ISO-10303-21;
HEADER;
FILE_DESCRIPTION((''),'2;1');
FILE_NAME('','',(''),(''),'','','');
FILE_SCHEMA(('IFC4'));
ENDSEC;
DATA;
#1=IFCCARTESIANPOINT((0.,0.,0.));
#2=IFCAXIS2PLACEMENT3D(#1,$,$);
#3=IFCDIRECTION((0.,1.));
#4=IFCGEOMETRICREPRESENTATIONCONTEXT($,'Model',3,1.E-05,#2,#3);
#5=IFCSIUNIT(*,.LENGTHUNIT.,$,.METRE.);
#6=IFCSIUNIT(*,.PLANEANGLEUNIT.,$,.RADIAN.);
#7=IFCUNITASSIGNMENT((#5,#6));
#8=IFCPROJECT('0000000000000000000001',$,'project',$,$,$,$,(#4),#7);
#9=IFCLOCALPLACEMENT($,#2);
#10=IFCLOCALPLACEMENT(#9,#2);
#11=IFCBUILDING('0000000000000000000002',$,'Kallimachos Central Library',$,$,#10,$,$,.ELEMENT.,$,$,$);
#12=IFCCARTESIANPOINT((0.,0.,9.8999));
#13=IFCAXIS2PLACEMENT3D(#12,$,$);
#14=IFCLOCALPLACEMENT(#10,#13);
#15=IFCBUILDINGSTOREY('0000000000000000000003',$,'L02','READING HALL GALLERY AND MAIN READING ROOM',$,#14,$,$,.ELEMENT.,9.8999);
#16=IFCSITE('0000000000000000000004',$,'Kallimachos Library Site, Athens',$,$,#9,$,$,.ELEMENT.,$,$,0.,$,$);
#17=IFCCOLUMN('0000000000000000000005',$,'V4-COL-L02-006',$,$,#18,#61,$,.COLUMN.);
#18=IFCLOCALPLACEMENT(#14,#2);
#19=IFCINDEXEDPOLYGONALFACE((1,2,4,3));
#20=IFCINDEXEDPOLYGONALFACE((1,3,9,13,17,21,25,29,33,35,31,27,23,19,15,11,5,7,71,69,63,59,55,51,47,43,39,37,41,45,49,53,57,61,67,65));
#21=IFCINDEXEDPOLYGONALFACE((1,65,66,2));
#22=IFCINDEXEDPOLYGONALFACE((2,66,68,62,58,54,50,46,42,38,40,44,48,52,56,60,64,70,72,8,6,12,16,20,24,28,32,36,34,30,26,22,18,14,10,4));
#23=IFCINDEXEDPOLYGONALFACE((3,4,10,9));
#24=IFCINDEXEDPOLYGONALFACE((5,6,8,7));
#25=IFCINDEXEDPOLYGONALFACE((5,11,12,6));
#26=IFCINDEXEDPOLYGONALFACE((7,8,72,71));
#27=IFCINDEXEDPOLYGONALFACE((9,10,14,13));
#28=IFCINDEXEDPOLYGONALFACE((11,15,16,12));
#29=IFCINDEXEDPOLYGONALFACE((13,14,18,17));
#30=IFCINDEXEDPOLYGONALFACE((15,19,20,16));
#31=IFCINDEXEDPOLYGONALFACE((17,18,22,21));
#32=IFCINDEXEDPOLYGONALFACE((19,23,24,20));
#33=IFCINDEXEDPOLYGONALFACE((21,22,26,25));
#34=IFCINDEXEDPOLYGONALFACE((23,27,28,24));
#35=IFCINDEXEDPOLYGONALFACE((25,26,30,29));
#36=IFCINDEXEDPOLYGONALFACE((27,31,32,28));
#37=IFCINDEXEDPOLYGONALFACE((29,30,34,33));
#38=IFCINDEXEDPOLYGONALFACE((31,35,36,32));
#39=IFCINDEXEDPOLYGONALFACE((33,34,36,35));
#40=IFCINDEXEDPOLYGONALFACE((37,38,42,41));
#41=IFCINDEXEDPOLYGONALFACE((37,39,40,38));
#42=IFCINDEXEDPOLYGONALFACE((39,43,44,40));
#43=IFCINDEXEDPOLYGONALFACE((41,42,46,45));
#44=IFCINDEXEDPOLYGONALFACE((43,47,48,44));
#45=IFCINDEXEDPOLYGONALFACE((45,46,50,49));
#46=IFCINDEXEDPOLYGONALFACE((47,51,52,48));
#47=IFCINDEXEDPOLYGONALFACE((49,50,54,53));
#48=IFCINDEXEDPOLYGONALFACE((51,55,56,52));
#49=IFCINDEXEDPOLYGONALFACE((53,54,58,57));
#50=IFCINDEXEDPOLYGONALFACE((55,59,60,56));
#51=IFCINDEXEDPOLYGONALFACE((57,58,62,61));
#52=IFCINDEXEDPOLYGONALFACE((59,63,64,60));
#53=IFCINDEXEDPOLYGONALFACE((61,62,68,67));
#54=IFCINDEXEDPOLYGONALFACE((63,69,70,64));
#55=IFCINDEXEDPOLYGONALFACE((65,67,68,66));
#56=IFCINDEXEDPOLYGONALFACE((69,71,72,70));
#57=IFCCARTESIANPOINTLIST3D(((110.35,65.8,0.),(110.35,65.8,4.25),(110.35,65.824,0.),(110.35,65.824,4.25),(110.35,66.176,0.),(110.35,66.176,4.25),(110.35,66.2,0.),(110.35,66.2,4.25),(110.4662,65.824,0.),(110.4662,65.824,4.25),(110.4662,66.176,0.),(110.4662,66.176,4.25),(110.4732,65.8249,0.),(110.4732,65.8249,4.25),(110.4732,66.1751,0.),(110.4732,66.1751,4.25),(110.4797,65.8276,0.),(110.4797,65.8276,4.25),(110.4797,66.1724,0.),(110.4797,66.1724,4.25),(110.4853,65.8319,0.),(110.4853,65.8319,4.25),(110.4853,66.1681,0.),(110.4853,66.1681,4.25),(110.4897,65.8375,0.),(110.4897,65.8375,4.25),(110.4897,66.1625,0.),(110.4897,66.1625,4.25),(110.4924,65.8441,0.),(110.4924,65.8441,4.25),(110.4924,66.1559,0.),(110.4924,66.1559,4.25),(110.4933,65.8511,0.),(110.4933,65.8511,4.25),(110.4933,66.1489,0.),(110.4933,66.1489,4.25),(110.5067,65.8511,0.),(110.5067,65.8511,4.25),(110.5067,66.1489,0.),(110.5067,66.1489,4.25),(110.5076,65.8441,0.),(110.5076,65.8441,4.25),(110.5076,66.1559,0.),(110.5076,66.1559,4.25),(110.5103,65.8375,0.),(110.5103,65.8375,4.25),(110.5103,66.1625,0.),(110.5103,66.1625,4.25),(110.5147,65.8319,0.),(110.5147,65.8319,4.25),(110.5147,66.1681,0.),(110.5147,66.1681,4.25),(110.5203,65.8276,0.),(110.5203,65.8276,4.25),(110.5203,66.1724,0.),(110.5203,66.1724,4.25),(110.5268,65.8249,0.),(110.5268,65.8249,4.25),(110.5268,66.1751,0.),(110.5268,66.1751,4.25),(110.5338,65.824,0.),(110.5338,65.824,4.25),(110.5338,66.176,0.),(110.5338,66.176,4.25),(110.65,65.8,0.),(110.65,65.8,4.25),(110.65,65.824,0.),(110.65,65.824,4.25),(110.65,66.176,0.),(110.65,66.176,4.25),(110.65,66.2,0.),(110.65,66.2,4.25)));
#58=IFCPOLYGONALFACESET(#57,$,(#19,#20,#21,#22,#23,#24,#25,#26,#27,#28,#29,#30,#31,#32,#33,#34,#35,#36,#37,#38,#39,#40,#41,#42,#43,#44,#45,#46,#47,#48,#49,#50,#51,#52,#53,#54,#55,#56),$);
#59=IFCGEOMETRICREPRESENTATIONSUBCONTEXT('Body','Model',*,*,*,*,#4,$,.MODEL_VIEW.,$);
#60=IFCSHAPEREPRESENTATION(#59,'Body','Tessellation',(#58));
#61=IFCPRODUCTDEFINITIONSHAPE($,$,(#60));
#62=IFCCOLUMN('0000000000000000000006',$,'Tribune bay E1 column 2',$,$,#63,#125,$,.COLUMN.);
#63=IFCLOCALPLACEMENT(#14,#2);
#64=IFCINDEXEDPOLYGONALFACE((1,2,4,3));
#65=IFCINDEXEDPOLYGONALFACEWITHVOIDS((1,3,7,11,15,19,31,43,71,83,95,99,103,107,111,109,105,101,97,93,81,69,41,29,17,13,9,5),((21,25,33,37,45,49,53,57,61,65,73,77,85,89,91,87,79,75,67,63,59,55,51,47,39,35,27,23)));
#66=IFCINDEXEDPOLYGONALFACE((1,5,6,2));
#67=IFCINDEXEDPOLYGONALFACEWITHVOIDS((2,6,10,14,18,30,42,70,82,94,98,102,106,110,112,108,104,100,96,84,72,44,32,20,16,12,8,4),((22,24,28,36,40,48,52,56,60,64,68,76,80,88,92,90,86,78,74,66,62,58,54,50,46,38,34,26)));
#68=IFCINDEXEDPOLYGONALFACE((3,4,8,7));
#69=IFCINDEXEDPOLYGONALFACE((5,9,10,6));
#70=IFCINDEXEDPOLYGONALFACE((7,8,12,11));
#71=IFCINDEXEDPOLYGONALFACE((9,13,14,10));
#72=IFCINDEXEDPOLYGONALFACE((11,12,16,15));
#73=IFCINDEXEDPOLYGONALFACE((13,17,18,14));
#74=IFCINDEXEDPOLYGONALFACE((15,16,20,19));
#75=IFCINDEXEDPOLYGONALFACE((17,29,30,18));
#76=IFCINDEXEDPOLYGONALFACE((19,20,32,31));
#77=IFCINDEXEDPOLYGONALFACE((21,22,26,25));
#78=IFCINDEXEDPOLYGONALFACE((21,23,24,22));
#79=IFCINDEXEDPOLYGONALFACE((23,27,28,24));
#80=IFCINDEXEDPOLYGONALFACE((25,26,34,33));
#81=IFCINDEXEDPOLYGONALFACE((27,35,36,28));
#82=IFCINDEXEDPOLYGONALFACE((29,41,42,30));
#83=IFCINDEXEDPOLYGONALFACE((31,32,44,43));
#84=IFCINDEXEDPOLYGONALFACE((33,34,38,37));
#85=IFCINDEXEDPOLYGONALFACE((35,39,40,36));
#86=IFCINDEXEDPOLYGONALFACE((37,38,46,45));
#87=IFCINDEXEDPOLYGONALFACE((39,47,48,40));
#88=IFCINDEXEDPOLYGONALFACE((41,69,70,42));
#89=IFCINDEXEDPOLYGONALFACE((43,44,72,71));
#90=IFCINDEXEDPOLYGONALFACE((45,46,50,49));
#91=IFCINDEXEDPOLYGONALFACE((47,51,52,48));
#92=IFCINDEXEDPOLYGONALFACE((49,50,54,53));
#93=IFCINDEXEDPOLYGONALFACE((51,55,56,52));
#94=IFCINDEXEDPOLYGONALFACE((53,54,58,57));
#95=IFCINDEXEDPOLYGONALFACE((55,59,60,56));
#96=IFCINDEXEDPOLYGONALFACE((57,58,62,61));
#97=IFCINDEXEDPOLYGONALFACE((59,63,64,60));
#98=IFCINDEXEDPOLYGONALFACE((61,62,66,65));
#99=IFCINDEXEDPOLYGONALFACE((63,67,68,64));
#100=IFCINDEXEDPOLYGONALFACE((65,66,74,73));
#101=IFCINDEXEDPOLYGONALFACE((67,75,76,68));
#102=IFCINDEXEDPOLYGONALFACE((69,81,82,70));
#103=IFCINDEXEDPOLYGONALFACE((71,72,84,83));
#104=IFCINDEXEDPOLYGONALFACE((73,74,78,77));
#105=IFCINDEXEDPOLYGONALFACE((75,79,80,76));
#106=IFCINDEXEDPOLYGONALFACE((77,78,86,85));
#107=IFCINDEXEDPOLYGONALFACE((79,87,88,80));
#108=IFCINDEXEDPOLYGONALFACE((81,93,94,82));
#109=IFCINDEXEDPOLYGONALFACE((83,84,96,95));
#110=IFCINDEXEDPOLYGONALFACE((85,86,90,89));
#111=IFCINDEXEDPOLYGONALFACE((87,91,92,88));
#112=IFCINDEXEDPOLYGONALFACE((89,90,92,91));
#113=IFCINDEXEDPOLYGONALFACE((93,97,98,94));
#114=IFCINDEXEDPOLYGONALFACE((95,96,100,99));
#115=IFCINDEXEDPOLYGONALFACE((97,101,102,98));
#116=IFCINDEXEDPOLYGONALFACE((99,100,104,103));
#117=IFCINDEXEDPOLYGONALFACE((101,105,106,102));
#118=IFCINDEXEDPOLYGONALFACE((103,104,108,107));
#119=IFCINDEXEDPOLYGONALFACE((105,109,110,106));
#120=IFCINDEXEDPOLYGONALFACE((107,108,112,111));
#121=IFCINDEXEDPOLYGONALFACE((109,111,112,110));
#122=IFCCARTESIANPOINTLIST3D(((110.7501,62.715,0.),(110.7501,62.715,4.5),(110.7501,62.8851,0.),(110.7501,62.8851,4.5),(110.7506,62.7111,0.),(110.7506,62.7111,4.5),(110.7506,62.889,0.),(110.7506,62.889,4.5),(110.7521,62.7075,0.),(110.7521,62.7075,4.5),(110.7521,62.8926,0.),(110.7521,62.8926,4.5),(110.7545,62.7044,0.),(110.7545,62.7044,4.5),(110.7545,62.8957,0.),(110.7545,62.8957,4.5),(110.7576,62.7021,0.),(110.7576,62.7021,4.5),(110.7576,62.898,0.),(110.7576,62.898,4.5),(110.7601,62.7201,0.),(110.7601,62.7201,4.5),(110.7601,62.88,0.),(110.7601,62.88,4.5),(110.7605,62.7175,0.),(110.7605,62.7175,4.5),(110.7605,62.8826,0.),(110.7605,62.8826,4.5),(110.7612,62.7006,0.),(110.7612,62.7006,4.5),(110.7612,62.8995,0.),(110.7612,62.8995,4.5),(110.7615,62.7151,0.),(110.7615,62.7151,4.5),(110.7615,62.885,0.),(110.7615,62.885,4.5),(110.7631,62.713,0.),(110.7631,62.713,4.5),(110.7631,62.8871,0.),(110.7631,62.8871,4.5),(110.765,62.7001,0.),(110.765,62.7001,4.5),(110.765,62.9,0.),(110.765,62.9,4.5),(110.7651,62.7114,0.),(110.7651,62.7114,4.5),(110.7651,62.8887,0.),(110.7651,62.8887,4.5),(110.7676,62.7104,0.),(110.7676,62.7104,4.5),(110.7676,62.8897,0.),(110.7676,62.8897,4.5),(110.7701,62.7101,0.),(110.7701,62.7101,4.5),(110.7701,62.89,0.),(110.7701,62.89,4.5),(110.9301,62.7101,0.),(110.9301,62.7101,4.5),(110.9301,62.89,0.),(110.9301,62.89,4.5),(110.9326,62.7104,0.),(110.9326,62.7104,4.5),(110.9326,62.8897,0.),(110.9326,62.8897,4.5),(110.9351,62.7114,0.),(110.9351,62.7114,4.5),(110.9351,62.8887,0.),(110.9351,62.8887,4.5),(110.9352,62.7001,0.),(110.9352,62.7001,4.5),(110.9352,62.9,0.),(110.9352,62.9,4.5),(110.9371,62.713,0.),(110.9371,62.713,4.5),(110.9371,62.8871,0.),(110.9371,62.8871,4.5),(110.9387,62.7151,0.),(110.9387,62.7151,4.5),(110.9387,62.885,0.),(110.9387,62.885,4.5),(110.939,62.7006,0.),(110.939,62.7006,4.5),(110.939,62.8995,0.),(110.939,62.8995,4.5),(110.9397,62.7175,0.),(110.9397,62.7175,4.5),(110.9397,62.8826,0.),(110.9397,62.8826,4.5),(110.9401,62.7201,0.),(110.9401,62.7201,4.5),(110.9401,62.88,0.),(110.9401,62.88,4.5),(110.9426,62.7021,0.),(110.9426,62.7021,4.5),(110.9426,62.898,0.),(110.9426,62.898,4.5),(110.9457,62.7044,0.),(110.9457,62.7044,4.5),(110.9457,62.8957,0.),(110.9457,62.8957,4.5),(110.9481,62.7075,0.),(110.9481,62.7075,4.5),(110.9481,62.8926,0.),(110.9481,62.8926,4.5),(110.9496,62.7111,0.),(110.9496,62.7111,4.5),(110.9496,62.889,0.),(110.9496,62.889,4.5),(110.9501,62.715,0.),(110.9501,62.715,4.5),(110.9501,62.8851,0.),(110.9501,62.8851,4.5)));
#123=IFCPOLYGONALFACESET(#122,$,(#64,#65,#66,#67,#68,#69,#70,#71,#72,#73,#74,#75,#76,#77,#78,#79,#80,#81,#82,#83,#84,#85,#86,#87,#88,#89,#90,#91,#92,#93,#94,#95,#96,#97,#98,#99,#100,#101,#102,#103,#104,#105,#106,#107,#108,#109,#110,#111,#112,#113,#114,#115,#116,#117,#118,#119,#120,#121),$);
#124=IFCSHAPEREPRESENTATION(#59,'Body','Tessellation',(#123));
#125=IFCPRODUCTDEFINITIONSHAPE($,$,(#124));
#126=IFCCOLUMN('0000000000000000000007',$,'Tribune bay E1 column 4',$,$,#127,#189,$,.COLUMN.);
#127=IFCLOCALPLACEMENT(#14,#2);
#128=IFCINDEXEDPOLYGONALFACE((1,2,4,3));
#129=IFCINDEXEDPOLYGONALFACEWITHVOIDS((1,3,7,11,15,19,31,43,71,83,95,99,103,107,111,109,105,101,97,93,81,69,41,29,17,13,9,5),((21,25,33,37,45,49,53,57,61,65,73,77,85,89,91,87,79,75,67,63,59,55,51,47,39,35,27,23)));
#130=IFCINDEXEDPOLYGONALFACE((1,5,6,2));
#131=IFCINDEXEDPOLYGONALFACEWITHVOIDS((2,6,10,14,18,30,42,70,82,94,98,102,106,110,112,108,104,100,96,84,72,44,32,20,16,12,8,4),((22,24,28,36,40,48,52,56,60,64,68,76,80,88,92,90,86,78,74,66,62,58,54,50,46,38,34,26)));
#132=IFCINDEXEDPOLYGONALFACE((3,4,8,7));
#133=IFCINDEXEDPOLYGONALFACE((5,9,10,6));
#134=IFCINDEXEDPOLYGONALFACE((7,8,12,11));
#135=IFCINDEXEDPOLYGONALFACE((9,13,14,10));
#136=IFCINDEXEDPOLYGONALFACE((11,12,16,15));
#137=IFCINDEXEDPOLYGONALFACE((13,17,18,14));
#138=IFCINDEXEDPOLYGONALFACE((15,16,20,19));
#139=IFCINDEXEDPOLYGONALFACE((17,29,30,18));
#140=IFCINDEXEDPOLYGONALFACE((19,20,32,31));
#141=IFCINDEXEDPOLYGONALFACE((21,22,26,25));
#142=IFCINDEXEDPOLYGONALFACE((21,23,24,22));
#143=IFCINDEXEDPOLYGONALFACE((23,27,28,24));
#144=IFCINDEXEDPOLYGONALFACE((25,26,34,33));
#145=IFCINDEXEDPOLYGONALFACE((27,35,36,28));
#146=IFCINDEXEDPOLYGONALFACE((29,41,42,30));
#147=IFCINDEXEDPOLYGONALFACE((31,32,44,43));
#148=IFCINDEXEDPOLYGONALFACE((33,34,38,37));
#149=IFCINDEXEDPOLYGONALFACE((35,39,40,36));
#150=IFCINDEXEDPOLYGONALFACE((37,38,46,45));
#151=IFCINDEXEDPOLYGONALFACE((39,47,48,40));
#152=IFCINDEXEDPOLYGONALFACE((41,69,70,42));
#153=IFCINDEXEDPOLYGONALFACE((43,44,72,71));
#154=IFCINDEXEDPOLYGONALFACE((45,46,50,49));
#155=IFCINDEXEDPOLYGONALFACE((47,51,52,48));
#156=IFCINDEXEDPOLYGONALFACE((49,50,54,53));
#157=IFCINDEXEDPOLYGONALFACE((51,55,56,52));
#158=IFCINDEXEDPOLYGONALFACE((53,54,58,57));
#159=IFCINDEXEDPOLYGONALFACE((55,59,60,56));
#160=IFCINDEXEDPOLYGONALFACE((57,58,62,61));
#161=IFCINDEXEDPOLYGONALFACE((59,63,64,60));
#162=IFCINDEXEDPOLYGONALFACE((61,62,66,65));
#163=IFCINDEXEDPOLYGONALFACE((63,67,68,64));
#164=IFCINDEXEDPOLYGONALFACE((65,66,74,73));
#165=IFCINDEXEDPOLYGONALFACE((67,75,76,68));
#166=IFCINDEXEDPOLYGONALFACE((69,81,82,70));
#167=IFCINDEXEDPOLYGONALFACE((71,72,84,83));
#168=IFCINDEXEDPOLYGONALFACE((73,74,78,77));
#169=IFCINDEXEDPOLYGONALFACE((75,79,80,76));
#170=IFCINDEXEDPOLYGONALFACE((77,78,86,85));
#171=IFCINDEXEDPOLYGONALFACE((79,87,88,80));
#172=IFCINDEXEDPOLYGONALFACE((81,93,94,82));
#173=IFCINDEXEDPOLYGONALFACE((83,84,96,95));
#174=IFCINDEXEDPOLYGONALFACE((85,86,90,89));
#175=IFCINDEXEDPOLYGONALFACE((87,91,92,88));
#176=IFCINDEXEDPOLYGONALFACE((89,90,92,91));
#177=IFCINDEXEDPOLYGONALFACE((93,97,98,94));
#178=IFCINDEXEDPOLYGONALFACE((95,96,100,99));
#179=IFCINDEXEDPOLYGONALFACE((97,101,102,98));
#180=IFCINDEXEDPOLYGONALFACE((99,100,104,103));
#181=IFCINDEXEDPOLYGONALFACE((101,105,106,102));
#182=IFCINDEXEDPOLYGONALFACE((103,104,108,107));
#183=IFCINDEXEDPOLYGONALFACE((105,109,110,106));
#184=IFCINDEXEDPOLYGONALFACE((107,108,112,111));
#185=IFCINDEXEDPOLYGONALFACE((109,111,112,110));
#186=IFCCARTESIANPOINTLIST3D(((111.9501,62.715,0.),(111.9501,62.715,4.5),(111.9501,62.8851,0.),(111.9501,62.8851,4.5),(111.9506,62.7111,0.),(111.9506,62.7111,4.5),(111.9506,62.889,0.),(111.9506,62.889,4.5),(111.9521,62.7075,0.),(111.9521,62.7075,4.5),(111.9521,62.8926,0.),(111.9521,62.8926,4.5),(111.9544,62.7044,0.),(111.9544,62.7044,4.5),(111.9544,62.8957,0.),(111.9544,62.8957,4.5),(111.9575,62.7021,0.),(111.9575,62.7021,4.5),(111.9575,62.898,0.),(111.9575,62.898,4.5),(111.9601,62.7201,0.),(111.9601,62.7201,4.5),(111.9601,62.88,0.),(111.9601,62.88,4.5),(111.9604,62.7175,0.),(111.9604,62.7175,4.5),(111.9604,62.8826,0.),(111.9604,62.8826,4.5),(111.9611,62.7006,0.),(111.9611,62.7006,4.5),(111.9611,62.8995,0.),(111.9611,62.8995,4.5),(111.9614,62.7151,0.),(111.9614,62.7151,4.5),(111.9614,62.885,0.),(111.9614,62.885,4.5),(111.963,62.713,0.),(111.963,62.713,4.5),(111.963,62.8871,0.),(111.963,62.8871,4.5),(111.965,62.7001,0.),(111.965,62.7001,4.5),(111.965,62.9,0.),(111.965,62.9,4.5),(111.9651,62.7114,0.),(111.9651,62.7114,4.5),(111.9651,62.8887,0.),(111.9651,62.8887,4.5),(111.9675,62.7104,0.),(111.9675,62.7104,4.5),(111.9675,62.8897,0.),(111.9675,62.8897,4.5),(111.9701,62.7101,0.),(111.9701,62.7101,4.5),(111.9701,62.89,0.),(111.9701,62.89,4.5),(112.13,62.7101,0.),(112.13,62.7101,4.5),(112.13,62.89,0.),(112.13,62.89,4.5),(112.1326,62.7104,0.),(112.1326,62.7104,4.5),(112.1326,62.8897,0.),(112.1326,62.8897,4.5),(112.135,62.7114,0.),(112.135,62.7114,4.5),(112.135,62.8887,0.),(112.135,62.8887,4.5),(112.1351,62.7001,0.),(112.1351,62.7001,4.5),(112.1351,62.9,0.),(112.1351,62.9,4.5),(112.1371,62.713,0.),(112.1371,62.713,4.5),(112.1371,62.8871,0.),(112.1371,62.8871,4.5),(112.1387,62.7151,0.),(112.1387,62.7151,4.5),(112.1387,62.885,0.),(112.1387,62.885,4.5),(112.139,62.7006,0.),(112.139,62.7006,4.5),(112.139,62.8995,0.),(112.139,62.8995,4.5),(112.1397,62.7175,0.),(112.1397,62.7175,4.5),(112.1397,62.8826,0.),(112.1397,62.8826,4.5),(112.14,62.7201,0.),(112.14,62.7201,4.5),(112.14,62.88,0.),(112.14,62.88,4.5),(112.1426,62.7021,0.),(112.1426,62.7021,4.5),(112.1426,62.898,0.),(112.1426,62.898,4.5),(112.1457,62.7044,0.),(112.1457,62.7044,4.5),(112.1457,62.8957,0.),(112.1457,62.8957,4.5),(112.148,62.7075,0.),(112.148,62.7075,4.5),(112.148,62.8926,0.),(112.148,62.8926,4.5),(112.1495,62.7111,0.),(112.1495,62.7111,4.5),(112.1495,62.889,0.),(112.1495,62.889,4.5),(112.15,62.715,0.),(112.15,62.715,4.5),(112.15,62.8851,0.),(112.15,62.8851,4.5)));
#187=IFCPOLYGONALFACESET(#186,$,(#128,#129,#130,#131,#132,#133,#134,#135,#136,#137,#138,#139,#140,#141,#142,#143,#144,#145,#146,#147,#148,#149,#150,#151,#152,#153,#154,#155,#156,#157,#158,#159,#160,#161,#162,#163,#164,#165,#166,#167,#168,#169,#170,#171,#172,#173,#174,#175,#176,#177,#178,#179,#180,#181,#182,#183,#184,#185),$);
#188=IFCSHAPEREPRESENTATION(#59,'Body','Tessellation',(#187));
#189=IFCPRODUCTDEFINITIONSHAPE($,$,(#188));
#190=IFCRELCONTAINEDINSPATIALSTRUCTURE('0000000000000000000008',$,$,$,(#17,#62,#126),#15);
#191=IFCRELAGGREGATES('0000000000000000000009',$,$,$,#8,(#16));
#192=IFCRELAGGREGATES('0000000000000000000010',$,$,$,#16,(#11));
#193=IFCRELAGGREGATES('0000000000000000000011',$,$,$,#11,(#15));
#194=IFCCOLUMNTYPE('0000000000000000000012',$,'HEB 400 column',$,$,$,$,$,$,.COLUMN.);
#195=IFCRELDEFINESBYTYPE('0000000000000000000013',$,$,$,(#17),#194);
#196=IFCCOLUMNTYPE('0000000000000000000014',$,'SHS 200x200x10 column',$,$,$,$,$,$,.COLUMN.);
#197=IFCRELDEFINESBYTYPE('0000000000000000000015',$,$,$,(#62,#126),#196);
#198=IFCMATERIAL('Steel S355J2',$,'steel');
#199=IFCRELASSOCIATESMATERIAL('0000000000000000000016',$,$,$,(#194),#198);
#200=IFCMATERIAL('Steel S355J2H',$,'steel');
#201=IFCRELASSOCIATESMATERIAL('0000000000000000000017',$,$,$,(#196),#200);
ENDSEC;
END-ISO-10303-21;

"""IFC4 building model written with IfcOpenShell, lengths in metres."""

from ifc_helpers import new_model, si_unit, direction, frame, origin, origin_2d, place, context, subcontext, project, spatial, hollow_rectangle, i_section, extrude, material, material_profile, profile_set, type_object, element, save


model = new_model("IFC4")

# Units and contexts
model_context = context("Model", 3, precision=1e-05, world=origin(), true_north=direction((0.0, 1.0)))
body_context = subcontext(model_context, "Body", "Model", "MODEL_VIEW")
ifc_project = project(units=[si_unit("LENGTHUNIT", "METRE"), si_unit("PLANEANGLEUNIT", "RADIAN")], contexts=[model_context])

# Site, building, storey
site_placement = place(None, origin())
site = spatial("IfcSite", under=ifc_project, at=site_placement, Name="Kallimachos Library Site, Athens", CompositionType="ELEMENT", RefElevation=0.0)
building_placement = place(site_placement, origin())
building = spatial("IfcBuilding", under=site, at=building_placement, Name="Kallimachos Central Library", CompositionType="ELEMENT")
storey_placement = place(building_placement, frame((0.0, 0.0, 9.8999)))
storey = spatial("IfcBuildingStorey", under=building, at=storey_placement, Name="L02", Description="READING HALL GALLERY AND MAIN READING ROOM", CompositionType="ELEMENT", Elevation=9.8999)

# Columns
ifc_material_1 = material(Name="Steel S355J2", Category="steel")
ifc_material_profile_1 = material_profile(ifc_material_1, i_section(OverallWidth=0.3, OverallDepth=0.3999, WebThickness=0.0134, FlangeThickness=0.0239, FilletRadius=0.0271, at=origin_2d()), Name="HEB 400")
ifc_profile_set_1 = profile_set([ifc_material_profile_1], Name="Steel S355J2")
column_type_1 = type_object("IfcColumnType", Name="HEB 400 column", PredefinedType="COLUMN", material=ifc_profile_set_1)
column_placement = place(storey_placement, frame((110.5, 66.0, 0.0), z_axis=(0.0, 0.0, 1.0), x_axis=(1.0, 0.0, 0.0)))
element("IfcColumn", 1, at=column_placement, inside=storey, type_object=column_type_1, Name="V4-COL-L02-006", PredefinedType="COLUMN", context=body_context, shape_type="SweptSolid", body=[
    extrude(i_section(OverallWidth=0.3, OverallDepth=0.3999, WebThickness=0.0134, FlangeThickness=0.0239, FilletRadius=0.0271, at=origin_2d()), origin(), (0.0, 0.0, 1.0), 4.25),
])
ifc_material_2 = material(Name="Steel S355J2H", Category="steel")
ifc_material_profile_2 = material_profile(ifc_material_2, hollow_rectangle(XDim=0.2, YDim=0.2, WallThickness=0.01, InnerFilletRadius=0.01, OuterFilletRadius=0.0149, at=origin_2d()), Name="SHS 200x200x10")
ifc_profile_set_2 = profile_set([ifc_material_profile_2], Name="Steel S355J2H")
column_type_2 = type_object("IfcColumnType", Name="SHS 200x200x10 column", PredefinedType="COLUMN", material=ifc_profile_set_2)
for number, where, z_axis, x_axis, name in (
    (2, (110.8501, 62.8, 0.0), (0.0, 0.0, 1.0), (1.0, 0.0, 0.0), "Tribune bay E1 column 2"),
    (3, (112.05, 62.8, 0.0), (0.0, 0.0, 1.0), (1.0, 0.0, 0.0), "Tribune bay E1 column 4"),
):
    element("IfcColumn", number, at=place(storey_placement, frame(where, z_axis=z_axis, x_axis=x_axis)), inside=storey, type_object=column_type_2, Name=name, PredefinedType="COLUMN", context=body_context, shape_type="SweptSolid", body=[
        extrude(hollow_rectangle(XDim=0.2, YDim=0.2, WallThickness=0.01, InnerFilletRadius=0.01, OuterFilletRadius=0.0149, at=origin_2d()), origin(), (0.0, 0.0, 1.0), 4.5),
    ])

save(model, "model.ifc")
